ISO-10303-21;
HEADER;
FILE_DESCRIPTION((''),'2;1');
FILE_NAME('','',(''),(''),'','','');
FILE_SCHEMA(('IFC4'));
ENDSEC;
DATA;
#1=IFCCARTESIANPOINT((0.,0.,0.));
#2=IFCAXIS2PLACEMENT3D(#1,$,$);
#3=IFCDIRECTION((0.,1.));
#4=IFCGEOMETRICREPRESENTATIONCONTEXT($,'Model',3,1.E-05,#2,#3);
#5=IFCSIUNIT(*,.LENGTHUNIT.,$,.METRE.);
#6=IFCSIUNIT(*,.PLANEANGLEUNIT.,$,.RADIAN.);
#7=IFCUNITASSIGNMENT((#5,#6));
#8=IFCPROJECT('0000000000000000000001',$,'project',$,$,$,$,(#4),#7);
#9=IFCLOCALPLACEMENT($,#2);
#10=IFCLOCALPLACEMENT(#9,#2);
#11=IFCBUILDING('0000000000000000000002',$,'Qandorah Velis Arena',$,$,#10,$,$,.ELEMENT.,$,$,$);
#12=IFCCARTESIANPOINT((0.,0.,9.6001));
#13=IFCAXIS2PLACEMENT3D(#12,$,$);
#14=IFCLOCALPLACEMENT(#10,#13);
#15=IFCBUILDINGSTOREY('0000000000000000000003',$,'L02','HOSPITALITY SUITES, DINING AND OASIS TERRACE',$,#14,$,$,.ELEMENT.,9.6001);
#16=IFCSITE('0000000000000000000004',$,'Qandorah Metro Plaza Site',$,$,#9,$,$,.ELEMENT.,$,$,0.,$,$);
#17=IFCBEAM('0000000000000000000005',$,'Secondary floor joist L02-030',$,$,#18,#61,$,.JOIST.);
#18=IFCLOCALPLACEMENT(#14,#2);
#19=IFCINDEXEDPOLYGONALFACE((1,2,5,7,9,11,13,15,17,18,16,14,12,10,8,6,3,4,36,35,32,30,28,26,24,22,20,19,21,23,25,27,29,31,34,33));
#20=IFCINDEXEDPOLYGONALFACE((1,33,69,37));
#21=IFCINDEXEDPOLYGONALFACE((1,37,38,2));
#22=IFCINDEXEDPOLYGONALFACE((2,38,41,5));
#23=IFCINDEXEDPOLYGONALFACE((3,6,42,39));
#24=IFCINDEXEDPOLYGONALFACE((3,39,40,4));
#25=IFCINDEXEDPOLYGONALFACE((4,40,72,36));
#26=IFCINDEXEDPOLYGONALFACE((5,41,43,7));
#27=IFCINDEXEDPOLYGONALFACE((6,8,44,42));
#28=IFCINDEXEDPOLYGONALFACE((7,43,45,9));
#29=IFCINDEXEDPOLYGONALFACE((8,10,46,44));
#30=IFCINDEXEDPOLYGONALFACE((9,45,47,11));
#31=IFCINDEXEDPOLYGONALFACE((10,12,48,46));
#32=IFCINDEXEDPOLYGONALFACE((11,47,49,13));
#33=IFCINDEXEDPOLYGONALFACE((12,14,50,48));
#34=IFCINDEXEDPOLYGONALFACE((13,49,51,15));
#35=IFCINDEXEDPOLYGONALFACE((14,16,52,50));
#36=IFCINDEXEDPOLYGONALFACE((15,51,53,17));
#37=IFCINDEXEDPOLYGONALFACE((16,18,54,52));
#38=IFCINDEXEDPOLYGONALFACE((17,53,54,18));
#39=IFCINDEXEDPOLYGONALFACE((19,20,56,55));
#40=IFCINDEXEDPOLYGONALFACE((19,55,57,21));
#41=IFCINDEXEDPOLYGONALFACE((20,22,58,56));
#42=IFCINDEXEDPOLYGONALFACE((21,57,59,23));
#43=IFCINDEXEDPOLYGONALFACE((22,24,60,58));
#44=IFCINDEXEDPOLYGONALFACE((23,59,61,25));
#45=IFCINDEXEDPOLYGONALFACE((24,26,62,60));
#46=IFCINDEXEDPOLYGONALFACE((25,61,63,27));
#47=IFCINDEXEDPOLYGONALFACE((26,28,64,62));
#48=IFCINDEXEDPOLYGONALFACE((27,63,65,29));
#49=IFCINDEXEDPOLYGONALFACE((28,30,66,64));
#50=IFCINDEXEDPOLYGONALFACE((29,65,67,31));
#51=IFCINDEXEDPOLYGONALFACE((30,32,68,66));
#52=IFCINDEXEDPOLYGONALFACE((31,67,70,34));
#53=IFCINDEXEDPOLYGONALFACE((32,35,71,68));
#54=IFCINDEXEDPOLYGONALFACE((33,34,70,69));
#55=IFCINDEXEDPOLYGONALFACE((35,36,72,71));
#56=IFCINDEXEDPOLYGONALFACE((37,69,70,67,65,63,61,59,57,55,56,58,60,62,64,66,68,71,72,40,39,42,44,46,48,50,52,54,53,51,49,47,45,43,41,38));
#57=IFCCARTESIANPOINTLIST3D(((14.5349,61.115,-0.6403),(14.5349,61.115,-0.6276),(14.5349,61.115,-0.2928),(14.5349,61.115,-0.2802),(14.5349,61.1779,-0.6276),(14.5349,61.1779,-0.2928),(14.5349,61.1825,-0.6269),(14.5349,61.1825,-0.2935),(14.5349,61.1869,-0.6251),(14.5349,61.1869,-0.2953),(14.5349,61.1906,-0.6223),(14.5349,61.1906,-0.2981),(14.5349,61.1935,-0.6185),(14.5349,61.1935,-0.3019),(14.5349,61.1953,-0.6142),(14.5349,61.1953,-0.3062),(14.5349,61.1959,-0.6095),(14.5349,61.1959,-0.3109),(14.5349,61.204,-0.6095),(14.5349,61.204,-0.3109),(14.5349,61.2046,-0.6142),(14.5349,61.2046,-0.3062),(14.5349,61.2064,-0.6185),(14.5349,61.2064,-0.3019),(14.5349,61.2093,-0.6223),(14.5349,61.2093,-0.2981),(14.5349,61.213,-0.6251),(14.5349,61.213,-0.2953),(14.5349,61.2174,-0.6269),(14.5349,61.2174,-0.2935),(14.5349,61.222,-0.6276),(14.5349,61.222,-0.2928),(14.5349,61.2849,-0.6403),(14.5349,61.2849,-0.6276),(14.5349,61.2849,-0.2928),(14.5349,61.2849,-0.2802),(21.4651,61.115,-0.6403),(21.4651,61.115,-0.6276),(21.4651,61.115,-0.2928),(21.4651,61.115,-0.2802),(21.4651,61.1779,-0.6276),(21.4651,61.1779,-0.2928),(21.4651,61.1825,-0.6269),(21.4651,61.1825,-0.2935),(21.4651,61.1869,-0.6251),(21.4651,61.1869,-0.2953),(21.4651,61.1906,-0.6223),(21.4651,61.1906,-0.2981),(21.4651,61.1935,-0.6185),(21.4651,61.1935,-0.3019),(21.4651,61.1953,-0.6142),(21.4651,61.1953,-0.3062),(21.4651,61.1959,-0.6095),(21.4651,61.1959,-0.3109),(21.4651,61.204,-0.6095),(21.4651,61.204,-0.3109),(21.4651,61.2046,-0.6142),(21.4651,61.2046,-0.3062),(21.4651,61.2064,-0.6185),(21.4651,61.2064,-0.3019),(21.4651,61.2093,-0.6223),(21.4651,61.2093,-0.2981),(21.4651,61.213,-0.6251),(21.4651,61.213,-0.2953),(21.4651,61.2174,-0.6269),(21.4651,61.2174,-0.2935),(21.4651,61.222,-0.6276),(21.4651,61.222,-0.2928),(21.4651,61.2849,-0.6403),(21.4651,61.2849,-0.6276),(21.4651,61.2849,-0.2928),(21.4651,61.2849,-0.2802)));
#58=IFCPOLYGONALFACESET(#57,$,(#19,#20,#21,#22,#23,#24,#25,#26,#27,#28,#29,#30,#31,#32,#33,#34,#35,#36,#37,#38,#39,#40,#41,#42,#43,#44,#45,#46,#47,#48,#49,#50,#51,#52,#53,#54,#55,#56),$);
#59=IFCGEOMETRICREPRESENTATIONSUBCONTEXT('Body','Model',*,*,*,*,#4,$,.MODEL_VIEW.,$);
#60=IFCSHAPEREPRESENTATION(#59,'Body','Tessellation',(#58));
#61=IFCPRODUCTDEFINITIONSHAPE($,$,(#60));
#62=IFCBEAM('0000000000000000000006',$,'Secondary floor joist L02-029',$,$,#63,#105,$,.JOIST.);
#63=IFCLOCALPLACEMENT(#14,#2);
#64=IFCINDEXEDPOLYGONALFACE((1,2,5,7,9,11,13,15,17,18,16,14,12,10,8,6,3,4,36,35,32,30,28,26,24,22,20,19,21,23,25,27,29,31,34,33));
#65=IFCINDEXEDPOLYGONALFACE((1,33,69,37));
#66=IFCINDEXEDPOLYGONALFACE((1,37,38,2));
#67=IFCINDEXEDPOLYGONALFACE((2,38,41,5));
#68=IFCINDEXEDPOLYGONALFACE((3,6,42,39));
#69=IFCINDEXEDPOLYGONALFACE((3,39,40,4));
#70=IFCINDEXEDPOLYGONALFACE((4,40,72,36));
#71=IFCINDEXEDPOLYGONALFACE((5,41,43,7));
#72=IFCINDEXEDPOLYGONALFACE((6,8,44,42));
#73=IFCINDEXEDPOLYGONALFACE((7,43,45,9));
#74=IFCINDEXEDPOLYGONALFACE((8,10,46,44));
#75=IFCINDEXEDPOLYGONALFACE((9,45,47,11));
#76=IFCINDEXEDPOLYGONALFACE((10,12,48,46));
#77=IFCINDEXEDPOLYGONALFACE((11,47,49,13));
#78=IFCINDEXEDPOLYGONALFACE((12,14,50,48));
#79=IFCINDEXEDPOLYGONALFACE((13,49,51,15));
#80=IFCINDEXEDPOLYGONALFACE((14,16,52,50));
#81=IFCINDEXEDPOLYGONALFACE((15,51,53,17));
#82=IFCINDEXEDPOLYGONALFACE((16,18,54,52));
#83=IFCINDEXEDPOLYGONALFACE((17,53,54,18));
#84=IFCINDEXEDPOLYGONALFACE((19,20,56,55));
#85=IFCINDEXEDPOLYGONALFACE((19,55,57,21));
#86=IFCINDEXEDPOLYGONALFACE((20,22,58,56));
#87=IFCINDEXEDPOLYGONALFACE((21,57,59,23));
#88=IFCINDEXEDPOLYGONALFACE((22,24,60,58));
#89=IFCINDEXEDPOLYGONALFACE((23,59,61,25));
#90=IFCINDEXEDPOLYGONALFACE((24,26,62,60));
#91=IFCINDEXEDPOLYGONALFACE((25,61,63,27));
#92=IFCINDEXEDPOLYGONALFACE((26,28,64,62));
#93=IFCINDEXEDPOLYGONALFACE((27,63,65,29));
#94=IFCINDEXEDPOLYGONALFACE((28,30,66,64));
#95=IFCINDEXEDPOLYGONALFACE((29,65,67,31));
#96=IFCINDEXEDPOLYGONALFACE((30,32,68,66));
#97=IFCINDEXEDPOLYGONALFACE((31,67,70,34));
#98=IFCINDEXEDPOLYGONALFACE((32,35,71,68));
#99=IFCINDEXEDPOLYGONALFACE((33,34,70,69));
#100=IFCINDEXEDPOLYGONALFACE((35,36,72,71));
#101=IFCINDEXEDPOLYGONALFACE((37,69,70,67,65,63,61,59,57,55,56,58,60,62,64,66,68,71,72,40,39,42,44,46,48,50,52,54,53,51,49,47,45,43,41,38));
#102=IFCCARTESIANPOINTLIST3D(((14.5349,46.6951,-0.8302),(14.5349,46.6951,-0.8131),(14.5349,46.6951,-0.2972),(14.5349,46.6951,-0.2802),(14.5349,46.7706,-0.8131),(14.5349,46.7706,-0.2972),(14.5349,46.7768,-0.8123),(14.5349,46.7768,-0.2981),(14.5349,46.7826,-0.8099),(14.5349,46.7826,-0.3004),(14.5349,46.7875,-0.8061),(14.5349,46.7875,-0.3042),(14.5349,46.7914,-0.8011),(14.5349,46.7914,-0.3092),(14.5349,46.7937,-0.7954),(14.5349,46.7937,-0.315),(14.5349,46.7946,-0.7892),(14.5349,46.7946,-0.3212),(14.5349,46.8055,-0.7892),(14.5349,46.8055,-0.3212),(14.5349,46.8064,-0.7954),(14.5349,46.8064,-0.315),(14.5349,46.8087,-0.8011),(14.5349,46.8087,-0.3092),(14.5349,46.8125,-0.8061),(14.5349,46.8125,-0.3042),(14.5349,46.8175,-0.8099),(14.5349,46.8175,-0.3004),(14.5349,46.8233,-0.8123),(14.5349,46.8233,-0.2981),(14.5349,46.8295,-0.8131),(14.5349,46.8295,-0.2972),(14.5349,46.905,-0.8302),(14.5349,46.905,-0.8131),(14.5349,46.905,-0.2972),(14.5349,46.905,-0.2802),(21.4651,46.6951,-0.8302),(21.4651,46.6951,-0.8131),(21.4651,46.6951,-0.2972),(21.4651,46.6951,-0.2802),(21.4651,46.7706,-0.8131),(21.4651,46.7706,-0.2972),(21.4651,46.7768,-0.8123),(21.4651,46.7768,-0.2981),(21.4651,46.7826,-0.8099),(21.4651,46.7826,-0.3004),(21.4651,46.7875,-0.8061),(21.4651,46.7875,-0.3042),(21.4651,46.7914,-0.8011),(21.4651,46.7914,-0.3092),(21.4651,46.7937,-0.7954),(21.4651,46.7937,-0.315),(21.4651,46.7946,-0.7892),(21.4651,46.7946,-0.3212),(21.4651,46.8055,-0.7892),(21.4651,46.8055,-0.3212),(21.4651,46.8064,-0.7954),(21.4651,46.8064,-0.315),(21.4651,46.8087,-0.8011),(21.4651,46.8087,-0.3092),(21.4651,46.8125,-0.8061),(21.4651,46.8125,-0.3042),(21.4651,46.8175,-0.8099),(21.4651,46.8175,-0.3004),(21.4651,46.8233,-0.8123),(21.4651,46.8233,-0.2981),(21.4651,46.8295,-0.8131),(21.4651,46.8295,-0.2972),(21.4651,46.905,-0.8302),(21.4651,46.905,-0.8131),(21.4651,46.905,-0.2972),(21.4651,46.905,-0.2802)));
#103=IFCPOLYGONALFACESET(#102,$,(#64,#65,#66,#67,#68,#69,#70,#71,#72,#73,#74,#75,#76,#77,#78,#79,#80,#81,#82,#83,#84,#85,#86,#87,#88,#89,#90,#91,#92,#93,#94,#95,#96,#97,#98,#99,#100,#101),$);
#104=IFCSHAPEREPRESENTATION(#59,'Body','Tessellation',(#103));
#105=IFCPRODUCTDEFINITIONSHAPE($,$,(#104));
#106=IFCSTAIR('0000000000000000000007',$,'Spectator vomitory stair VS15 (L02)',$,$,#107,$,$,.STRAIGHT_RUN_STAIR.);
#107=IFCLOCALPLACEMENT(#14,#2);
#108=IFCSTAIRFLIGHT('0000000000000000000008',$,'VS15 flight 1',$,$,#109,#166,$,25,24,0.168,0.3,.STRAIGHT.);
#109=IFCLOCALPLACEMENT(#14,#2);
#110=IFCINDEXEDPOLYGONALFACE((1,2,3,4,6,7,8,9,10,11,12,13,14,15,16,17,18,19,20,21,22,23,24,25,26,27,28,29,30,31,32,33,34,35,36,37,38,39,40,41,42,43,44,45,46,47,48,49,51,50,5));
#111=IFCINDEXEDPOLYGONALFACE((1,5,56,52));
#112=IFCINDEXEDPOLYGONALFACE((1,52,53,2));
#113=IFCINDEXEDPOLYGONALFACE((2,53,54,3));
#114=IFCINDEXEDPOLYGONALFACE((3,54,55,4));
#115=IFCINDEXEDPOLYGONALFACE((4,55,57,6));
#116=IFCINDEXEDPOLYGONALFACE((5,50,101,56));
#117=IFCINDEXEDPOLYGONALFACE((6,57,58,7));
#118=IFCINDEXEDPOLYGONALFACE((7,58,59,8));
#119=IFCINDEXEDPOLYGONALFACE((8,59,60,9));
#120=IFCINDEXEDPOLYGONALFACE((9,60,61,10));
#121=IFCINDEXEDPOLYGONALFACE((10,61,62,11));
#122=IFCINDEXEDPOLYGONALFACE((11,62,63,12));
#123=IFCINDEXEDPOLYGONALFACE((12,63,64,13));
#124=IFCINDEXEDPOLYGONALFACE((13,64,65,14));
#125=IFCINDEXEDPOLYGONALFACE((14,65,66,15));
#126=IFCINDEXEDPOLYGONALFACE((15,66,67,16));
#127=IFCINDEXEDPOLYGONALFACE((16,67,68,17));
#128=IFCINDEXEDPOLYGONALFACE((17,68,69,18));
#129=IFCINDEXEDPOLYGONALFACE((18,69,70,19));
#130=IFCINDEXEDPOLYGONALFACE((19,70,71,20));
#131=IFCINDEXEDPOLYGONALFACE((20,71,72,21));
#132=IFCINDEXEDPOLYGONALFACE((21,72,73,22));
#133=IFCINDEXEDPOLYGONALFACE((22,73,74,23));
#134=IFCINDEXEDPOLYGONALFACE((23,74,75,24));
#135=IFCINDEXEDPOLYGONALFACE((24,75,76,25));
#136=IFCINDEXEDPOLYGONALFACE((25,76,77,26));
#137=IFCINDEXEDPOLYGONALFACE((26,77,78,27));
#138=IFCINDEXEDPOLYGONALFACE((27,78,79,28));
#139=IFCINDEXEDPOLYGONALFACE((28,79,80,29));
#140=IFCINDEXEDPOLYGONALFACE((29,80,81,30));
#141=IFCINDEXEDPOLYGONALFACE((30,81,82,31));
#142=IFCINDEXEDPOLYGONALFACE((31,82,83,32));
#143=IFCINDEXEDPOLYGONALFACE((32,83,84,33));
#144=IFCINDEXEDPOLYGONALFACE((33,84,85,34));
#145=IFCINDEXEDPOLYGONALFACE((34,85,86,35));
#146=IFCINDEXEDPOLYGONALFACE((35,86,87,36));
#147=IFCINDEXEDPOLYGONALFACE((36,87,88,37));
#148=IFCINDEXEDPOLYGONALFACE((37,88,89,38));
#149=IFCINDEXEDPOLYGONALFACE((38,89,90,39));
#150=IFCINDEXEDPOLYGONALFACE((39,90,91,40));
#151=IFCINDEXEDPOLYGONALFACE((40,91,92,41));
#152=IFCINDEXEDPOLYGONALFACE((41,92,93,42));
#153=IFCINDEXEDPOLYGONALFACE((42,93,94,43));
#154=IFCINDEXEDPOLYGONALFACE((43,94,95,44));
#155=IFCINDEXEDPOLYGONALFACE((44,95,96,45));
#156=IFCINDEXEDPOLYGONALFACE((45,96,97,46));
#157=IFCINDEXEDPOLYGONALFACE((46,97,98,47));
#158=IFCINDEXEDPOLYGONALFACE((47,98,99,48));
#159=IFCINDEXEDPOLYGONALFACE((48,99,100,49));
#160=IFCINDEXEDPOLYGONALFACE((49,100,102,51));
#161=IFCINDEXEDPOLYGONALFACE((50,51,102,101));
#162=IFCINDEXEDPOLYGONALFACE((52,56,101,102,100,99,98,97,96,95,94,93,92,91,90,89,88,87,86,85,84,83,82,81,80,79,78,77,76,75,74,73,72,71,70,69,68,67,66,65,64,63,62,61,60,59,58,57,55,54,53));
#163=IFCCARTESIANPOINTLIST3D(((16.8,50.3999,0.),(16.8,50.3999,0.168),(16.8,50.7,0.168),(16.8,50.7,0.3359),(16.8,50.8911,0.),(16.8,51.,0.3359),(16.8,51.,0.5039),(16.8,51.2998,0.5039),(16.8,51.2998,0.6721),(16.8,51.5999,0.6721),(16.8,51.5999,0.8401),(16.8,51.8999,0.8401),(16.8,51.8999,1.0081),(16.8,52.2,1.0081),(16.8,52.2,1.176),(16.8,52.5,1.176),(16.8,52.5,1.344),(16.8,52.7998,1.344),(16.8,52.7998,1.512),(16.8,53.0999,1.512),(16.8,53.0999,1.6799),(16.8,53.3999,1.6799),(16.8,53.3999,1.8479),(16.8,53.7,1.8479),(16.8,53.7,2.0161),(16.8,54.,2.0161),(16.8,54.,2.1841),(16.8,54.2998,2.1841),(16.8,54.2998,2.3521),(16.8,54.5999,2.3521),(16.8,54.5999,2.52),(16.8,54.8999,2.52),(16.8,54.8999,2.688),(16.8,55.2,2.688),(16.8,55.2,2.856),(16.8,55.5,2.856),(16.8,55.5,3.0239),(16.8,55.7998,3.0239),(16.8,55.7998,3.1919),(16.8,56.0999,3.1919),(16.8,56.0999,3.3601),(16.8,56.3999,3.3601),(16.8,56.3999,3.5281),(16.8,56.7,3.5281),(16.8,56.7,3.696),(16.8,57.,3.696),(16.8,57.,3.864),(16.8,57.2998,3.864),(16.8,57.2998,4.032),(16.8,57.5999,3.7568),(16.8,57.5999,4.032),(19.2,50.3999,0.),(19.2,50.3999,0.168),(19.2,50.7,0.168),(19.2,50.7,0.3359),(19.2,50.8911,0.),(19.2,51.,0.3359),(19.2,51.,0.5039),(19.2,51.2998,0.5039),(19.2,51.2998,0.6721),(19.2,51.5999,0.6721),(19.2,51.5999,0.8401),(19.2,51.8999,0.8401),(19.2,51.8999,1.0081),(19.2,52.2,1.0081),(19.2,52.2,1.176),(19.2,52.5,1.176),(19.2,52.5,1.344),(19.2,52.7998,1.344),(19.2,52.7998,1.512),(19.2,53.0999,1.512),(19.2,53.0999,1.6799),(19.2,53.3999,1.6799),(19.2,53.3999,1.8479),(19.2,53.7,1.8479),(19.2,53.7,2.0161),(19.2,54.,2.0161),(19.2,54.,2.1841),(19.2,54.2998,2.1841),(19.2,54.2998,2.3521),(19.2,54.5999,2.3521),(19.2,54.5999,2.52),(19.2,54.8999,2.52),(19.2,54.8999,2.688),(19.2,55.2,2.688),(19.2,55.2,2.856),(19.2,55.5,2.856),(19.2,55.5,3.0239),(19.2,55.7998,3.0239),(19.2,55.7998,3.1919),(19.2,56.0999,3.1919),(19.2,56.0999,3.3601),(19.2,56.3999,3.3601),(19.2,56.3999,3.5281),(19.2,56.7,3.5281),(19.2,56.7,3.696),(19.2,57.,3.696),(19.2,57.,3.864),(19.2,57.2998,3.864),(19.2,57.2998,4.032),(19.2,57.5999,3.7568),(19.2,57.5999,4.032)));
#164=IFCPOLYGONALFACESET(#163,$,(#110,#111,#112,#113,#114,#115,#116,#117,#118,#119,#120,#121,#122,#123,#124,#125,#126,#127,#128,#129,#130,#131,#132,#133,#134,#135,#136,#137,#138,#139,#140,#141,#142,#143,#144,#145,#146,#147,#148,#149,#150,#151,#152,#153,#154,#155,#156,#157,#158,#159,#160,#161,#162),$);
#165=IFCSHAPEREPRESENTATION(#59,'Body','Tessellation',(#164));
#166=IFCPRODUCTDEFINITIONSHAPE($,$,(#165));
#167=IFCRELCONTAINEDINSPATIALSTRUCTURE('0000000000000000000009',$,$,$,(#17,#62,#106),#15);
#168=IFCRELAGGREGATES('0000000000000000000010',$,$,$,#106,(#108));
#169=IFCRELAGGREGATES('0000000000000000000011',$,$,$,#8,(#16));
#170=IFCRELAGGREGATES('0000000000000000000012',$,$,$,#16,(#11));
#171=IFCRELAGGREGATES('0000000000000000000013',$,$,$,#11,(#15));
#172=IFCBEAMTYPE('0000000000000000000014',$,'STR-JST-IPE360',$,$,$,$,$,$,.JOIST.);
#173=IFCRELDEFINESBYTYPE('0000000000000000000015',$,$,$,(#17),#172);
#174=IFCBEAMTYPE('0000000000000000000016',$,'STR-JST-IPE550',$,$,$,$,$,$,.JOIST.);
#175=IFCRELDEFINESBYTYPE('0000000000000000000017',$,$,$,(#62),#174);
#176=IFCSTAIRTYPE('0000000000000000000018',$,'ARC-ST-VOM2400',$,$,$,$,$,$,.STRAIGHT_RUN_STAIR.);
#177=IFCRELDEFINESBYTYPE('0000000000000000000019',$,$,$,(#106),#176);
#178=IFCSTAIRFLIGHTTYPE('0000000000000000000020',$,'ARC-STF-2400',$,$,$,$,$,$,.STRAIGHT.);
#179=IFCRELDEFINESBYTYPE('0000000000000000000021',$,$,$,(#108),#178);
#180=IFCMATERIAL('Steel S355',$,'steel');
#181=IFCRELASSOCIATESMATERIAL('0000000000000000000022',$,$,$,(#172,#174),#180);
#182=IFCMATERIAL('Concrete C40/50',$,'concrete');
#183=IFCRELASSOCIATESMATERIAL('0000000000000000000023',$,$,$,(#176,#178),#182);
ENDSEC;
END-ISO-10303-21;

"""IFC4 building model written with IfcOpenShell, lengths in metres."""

from ifc_helpers import new_model, si_unit, direction, frame, origin, origin_2d, place, context, subcontext, project, spatial, polyline, i_section, outline, extrude, material, material_profile, profile_set, type_object, element, aggregate, save


model = new_model("IFC4")

# Units and contexts
model_context = context("Model", 3, precision=1e-05, world=origin(), true_north=direction((0.0, 1.0)))
body_context = subcontext(model_context, "Body", "Model", "MODEL_VIEW")
ifc_project = project(units=[si_unit("LENGTHUNIT", "METRE"), si_unit("PLANEANGLEUNIT", "RADIAN")], contexts=[model_context])

# Site, building, storey
site_placement = place(None, origin())
site = spatial("IfcSite", under=ifc_project, at=site_placement, Name="Qandorah Metro Plaza Site", CompositionType="ELEMENT", RefElevation=0.0)
building_placement = place(site_placement, origin())
building = spatial("IfcBuilding", under=site, at=building_placement, Name="Qandorah Velis Arena", CompositionType="ELEMENT")
storey_placement = place(building_placement, frame((0.0, 0.0, 9.6001)))
storey = spatial("IfcBuildingStorey", under=building, at=storey_placement, Name="L02", Description="HOSPITALITY SUITES, DINING AND OASIS TERRACE", CompositionType="ELEMENT", Elevation=9.6001)

# Shared definitions
ifc_material_1 = material(Name="Concrete C40/50", Category="concrete")
ifc_material_2 = material(Name="Steel S355", Category="steel")

# Beams
ifc_material_profile_1 = material_profile(ifc_material_2, i_section(OverallWidth=0.1699, OverallDepth=0.3601, WebThickness=0.0081, FlangeThickness=0.0127, FilletRadius=0.0181, at=origin_2d()), Name="IPE 360")
ifc_profile_set_1 = profile_set([ifc_material_profile_1], Name="Steel S355")
beam_type_1 = type_object("IfcBeamType", Name="STR-JST-IPE360", PredefinedType="JOIST", material=ifc_profile_set_1)
for number, where, z_axis, x_axis, name in (
    (1, (14.5349, 61.2, -0.4602), (1.0, 0.0, 0.0), (0.0, 1.0, 0.0), "Secondary floor joist L02-030"),
):
    element("IfcBeam", number, at=place(storey_placement, frame(where, z_axis=z_axis, x_axis=x_axis)), inside=storey, type_object=beam_type_1, Name=name, PredefinedType="JOIST", context=body_context, shape_type="SweptSolid", body=[
        extrude(i_section(OverallWidth=0.1699, OverallDepth=0.3601, WebThickness=0.0081, FlangeThickness=0.0127, FilletRadius=0.0181, at=origin_2d()), origin(), (0.0, 0.0, 1.0), 6.9302),
    ])
ifc_material_profile_2 = material_profile(ifc_material_2, i_section(OverallWidth=0.21, OverallDepth=0.55, WebThickness=0.011, FlangeThickness=0.0171, FilletRadius=0.0239, at=origin_2d()), Name="IPE 550")
ifc_profile_set_2 = profile_set([ifc_material_profile_2], Name="Steel S355")
beam_type_2 = type_object("IfcBeamType", Name="STR-JST-IPE550", PredefinedType="JOIST", material=ifc_profile_set_2)
beam_1_placement = place(storey_placement, frame((14.5349, 46.8, -0.5552), z_axis=(1.0, 0.0, 0.0), x_axis=(0.0, 1.0, 0.0)))
element("IfcBeam", 2, at=beam_1_placement, inside=storey, type_object=beam_type_2, Name="Secondary floor joist L02-029", PredefinedType="JOIST", context=body_context, shape_type="SweptSolid", body=[
    extrude(i_section(OverallWidth=0.21, OverallDepth=0.55, WebThickness=0.011, FlangeThickness=0.0171, FilletRadius=0.0239, at=origin_2d()), origin(), (0.0, 0.0, 1.0), 6.9302),
])

# Stair, stair flight
stair_type = type_object("IfcStairType", Name="ARC-ST-VOM2400", PredefinedType="STRAIGHT_RUN_STAIR", material=ifc_material_1)
stair_placement = place(storey_placement, origin())
stair = element("IfcStair", 3, at=stair_placement, inside=storey, type_object=stair_type, Name="Spectator vomitory stair VS15 (L02)", PredefinedType="STRAIGHT_RUN_STAIR")
stair_flight_type = type_object("IfcStairFlightType", Name="ARC-STF-2400", PredefinedType="STRAIGHT", material=ifc_material_1)
stair_flight_placement = place(storey_placement, frame((18.0, 50.3999, 0.0), z_axis=(0.0, 0.0, 1.0), x_axis=(0.0, 1.0, 0.0)))
stair_flight = element("IfcStairFlight", 4, at=stair_flight_placement, type_object=stair_flight_type, Name="VS15 flight 1", NumberOfRisers=25, NumberOfTreads=24, PredefinedType="STRAIGHT", RiserHeight=0.168, TreadLength=0.3, context=body_context, shape_type="SweptSolid", body=[
    extrude(outline(polyline([(0.0, 0.0), (0.0, 0.168), (0.3, 0.168), (0.3, 0.3359), (0.6001, 0.3359), (0.6001, 0.5039), (0.8999, 0.5039), (0.8999, 0.6721), (1.2, 0.6721), (1.2, 0.8401), (1.5, 0.8401), (1.5, 1.0081), (1.8, 1.0081), (1.8, 1.176), (2.1001, 1.176), (2.1001, 1.344), (2.3999, 1.344), (2.3999, 1.512), (2.7, 1.512), (2.7, 1.6799), (3.0, 1.6799), (3.0, 1.8479), (3.3, 1.8479), (3.3, 2.0161), (3.6001, 2.0161), (3.6001, 2.1841), (3.8999, 2.1841), (3.8999, 2.3521), (4.2, 2.3521), (4.2, 2.52), (4.5, 2.52), (4.5, 2.688), (4.8, 2.688), (4.8, 2.856), (5.1001, 2.856), (5.1001, 3.0239), (5.3999, 3.0239), (5.3999, 3.1919), (5.7, 3.1919), (5.7, 3.3601), (6.0, 3.3601), (6.0, 3.5281), (6.3, 3.5281), (6.3, 3.696), (6.6001, 3.696), (6.6001, 3.864), (6.8999, 3.864), (6.8999, 4.032), (7.2, 4.032), (7.2, 4.2), (7.2, 3.7568), (0.4912, 0.0), (0.0, 0.0)])), frame((0.0, 1.2, 0.0), z_axis=(0.0, -1.0, 0.0), x_axis=(1.0, 0.0, 0.0)), (0.0, 0.0, 1.0), 2.3999),
])
aggregate(stair, [stair_flight])

save(model, "model.ifc")
